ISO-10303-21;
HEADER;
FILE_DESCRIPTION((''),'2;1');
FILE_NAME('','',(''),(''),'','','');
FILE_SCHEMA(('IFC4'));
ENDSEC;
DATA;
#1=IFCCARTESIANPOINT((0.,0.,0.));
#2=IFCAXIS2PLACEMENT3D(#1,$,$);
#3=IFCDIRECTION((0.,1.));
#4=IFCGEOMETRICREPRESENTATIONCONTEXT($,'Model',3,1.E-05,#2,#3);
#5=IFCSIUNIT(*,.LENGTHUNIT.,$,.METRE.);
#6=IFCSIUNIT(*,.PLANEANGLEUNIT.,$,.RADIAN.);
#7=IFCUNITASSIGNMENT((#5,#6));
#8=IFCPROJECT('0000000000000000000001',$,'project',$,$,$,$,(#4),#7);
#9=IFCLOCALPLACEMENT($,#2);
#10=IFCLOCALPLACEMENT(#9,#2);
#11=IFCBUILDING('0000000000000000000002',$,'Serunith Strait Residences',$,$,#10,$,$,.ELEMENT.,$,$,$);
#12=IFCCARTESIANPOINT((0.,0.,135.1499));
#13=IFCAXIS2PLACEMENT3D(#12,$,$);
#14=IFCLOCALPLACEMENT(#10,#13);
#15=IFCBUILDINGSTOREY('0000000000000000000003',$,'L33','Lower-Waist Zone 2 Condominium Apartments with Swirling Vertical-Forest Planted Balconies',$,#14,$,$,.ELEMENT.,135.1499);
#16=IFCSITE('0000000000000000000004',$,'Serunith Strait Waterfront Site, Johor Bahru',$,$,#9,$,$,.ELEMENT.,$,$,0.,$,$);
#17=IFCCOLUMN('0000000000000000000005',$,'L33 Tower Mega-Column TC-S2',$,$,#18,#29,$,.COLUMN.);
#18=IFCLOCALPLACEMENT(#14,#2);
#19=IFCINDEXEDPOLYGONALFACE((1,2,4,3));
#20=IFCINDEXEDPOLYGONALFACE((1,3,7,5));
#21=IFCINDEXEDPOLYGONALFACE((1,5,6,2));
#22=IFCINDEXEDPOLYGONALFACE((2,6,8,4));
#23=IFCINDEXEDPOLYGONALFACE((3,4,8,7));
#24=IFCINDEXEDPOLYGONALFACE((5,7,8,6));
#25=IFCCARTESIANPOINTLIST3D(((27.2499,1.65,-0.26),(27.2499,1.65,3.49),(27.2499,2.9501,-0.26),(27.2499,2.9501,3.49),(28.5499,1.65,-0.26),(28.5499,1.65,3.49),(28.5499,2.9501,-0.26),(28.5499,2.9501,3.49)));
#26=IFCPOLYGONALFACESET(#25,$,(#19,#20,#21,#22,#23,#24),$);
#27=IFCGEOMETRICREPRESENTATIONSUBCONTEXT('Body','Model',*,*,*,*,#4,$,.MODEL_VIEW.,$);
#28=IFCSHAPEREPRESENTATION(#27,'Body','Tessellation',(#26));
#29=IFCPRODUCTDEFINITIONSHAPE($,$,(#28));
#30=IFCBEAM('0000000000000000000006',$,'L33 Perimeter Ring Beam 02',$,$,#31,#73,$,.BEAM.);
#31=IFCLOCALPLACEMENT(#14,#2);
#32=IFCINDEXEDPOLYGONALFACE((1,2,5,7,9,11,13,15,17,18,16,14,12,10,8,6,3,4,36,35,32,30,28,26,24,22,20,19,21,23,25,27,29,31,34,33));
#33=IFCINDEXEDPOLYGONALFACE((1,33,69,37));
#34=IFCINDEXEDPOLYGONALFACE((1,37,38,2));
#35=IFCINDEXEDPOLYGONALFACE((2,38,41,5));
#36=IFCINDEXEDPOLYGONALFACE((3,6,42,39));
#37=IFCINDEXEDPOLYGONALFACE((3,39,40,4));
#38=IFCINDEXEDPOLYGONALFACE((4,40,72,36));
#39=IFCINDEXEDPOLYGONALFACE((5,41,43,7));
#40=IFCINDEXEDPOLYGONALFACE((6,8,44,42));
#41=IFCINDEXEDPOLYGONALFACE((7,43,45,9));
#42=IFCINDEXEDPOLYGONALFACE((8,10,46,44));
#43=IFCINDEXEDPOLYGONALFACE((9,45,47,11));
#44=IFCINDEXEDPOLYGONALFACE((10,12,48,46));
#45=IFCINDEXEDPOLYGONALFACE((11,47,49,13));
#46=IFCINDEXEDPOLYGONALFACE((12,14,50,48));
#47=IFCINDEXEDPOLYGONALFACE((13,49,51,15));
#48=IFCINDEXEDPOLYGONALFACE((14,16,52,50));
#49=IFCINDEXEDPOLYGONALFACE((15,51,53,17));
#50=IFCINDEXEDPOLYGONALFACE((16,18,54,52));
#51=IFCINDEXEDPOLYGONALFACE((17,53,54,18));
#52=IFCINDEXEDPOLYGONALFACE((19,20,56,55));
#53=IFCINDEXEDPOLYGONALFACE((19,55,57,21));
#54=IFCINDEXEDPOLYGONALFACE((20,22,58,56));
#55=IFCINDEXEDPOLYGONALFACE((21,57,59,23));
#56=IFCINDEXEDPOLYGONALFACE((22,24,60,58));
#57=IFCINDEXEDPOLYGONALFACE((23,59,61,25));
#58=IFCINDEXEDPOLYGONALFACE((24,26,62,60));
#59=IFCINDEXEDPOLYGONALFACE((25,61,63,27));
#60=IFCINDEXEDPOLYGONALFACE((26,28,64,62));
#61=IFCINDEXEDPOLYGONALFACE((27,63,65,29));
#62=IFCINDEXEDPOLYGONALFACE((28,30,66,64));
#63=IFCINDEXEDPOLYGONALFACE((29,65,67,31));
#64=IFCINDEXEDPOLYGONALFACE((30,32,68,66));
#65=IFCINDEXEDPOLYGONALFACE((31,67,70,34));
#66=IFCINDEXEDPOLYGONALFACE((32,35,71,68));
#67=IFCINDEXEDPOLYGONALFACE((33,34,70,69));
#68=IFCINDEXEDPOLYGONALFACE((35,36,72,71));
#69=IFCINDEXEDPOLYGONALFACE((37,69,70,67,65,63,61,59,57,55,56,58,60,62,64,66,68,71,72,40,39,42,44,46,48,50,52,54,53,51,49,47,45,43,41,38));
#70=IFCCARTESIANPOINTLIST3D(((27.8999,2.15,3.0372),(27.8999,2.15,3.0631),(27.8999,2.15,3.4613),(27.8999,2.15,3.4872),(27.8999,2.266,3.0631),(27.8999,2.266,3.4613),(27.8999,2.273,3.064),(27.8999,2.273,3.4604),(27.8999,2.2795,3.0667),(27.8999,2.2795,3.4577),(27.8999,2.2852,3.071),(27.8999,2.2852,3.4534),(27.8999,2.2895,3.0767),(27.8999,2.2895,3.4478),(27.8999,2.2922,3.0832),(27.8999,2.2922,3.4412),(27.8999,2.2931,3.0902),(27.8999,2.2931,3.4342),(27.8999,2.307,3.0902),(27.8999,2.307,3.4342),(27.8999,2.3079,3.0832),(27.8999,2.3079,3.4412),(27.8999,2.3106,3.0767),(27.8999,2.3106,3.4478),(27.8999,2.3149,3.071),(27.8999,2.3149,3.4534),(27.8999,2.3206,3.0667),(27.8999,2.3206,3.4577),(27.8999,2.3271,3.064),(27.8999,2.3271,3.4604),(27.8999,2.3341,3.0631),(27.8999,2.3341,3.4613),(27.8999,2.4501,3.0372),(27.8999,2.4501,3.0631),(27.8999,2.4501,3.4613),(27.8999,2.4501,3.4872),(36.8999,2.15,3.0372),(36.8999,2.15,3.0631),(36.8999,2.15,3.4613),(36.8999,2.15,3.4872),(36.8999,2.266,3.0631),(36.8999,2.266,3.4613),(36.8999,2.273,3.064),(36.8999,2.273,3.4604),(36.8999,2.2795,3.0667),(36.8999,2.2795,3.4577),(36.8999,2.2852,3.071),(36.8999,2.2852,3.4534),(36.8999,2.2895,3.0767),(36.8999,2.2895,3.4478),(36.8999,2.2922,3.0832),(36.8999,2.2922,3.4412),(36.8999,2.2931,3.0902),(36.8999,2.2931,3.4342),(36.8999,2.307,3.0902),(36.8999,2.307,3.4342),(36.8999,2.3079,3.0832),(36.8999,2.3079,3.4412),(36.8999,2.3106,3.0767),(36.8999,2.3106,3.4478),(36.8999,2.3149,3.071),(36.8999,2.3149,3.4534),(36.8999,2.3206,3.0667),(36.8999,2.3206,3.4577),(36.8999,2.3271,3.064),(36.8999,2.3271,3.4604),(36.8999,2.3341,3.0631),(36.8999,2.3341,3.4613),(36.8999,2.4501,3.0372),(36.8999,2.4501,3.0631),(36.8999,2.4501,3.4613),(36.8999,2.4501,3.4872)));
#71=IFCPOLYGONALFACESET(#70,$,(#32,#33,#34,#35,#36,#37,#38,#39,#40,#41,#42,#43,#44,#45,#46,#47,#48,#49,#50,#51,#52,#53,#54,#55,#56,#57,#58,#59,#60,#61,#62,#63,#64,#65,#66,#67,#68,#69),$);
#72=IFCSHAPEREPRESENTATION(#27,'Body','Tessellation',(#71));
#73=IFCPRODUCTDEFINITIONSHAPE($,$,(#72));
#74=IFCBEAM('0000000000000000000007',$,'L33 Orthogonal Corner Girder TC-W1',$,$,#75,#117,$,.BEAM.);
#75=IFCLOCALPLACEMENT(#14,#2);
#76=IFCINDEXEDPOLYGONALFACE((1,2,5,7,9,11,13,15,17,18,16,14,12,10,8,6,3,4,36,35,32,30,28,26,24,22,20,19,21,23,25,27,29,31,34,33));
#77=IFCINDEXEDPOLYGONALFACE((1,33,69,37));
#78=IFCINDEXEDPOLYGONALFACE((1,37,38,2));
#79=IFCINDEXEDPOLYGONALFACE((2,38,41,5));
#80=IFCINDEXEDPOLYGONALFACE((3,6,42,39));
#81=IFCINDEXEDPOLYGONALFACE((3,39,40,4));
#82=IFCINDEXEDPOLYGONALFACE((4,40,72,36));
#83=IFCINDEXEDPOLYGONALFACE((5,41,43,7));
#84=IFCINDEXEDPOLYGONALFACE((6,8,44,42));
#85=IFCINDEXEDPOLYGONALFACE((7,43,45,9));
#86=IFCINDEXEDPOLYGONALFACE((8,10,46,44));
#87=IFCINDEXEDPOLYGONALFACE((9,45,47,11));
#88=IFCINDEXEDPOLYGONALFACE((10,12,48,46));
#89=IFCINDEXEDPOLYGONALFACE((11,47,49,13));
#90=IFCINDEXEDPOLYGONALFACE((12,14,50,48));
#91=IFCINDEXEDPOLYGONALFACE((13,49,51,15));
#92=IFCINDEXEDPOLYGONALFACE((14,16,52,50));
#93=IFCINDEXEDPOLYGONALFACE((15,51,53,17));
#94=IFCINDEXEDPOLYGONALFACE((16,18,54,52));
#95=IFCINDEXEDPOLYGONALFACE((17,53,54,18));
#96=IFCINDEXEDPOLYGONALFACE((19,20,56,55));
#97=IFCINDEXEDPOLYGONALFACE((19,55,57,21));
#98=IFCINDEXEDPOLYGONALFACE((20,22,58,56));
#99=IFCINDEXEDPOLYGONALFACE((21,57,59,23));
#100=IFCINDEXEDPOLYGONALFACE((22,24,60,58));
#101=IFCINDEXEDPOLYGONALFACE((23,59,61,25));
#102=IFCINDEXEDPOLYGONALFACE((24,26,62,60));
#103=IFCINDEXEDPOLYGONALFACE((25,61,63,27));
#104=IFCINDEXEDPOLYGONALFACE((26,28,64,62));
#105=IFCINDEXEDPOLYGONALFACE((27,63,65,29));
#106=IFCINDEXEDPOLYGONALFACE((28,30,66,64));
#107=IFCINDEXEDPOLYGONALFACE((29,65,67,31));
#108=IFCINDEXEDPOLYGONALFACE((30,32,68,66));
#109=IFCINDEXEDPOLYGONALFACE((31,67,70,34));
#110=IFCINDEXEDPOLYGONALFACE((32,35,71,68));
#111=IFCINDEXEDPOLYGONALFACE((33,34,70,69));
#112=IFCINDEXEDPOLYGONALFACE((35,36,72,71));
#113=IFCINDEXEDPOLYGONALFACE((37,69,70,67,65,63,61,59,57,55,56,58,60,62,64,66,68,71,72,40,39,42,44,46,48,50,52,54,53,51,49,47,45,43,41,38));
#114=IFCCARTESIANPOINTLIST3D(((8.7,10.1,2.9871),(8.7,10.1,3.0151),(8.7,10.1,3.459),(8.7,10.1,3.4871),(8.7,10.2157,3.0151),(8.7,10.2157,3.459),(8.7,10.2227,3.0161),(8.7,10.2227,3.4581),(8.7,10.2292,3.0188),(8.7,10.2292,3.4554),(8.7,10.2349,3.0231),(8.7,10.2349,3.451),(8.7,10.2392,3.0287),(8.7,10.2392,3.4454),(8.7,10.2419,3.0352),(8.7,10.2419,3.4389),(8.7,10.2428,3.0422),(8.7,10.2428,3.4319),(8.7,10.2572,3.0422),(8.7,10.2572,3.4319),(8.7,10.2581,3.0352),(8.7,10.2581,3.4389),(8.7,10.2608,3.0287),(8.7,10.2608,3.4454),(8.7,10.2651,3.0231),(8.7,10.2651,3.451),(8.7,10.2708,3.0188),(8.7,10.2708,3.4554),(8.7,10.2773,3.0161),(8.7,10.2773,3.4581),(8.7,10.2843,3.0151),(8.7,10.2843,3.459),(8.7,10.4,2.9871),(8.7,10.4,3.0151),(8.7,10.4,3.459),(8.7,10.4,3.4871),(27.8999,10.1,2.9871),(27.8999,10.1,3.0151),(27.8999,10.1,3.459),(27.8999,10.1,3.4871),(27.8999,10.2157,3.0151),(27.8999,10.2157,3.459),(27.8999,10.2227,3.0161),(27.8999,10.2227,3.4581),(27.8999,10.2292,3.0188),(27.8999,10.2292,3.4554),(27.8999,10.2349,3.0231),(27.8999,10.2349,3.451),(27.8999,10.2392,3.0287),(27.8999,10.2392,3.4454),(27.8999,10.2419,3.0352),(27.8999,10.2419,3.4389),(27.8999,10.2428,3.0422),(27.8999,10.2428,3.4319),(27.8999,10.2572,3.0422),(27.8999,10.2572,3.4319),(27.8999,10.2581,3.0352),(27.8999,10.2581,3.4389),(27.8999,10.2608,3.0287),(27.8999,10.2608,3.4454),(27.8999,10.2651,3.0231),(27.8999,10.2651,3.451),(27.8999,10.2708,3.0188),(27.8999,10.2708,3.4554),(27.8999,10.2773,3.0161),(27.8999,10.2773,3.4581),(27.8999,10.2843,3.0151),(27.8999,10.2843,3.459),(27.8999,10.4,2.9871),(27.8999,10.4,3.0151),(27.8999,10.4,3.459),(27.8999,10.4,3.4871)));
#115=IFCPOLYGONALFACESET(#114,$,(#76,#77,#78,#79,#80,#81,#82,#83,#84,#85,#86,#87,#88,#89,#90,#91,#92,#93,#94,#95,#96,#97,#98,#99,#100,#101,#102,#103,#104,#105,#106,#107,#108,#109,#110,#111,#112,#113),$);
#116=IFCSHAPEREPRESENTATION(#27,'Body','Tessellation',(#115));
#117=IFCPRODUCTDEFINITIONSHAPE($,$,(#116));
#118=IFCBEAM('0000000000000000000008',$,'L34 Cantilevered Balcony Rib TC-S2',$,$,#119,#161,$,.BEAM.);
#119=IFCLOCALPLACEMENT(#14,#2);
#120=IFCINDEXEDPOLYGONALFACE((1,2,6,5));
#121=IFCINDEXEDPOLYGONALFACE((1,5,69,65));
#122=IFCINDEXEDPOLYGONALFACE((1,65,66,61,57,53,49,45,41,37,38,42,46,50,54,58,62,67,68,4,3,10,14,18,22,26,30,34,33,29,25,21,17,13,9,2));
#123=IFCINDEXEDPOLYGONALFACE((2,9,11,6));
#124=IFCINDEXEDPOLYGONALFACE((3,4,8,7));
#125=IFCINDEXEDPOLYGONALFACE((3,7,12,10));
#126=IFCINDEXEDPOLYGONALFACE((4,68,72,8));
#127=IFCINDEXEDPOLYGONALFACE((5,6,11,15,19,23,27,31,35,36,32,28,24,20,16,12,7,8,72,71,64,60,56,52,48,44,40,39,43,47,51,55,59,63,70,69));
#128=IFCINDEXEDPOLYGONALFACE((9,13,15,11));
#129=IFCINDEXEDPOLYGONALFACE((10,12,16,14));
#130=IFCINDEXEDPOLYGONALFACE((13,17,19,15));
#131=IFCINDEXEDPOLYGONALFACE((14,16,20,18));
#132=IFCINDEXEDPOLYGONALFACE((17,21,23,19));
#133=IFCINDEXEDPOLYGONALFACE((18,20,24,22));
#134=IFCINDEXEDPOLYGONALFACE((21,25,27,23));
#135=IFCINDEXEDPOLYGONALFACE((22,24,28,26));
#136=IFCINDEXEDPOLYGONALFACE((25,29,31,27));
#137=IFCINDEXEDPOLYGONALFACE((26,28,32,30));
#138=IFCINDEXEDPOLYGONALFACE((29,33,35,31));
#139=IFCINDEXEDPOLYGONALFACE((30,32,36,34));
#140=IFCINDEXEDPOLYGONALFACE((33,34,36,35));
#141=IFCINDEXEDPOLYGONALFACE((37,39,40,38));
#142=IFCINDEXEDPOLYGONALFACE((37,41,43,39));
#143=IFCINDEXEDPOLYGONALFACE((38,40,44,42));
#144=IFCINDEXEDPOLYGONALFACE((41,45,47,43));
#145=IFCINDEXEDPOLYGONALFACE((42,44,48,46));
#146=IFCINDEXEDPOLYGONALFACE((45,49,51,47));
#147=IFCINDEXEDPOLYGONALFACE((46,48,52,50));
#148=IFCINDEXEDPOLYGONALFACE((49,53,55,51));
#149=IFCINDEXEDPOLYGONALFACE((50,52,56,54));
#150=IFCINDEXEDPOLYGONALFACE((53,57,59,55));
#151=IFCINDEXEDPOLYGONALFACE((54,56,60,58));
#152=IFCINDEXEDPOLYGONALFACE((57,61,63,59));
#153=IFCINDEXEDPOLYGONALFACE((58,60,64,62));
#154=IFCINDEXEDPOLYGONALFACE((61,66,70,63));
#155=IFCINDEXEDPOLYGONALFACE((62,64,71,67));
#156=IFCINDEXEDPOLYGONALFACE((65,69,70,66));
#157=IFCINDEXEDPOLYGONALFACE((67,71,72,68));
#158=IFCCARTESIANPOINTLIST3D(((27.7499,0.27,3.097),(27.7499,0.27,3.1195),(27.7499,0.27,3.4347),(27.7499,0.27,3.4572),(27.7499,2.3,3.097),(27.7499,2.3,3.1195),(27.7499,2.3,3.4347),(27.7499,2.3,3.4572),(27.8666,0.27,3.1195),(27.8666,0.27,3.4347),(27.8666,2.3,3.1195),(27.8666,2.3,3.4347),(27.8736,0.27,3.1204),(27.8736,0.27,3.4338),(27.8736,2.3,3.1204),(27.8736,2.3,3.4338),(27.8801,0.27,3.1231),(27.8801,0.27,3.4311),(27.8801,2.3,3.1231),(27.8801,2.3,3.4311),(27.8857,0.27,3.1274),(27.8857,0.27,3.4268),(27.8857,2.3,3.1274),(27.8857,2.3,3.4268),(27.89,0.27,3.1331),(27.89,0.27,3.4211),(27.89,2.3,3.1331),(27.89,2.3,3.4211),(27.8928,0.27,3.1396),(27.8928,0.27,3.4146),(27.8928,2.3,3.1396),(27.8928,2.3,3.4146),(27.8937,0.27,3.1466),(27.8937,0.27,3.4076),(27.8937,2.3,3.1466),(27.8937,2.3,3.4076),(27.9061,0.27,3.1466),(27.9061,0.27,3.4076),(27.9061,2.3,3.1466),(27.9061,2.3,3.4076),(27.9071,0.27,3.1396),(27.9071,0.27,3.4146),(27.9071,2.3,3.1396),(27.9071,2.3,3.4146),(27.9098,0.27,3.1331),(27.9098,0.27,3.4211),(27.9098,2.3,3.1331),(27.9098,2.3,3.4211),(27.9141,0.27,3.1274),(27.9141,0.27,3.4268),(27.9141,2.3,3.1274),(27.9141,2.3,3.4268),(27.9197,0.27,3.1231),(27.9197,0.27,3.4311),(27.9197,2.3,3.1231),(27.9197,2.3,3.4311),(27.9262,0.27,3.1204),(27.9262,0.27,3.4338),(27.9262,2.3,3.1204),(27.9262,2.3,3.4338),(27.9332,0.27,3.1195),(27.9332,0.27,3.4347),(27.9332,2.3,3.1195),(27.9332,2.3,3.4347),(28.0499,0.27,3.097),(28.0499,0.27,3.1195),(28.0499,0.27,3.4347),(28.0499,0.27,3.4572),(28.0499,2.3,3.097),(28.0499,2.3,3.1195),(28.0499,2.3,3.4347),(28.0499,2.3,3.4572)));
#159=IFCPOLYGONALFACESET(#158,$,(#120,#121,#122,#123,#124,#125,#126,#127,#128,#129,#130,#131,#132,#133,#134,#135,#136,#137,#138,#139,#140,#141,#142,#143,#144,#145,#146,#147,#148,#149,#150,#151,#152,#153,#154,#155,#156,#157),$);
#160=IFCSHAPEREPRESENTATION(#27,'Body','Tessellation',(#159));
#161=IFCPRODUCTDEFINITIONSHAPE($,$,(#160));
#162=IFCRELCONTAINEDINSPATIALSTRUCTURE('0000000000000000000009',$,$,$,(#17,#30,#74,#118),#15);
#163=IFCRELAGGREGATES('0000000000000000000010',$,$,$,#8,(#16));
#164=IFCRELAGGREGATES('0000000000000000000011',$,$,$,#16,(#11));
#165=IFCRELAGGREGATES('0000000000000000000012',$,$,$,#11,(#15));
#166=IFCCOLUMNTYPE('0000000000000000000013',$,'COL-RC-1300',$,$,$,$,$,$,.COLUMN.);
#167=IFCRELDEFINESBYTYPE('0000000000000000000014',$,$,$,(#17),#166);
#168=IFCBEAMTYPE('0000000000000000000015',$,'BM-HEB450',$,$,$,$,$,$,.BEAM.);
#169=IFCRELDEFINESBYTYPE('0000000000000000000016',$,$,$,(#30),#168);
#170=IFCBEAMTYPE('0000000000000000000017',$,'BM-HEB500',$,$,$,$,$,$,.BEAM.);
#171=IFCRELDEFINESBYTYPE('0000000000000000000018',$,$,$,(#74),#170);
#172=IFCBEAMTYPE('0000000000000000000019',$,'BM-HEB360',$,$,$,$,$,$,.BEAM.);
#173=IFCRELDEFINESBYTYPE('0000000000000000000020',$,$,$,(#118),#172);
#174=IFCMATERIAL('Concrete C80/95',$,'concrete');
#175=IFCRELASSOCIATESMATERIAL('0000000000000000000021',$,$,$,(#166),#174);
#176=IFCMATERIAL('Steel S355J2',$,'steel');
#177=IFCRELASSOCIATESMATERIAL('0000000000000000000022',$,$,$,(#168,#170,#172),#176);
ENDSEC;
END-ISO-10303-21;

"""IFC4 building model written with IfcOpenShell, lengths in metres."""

from ifc_helpers import new_model, si_unit, direction, frame, origin, origin_2d, place, context, subcontext, project, spatial, rectangle, i_section, extrude, source, transform, mapped, material, material_profile, profile_set, type_object, element, save


model = new_model("IFC4")

# Units and contexts
model_context = context("Model", 3, precision=1e-05, world=origin(), true_north=direction((0.0, 1.0)))
body_context = subcontext(model_context, "Body", "Model", "MODEL_VIEW")
ifc_project = project(units=[si_unit("LENGTHUNIT", "METRE"), si_unit("PLANEANGLEUNIT", "RADIAN")], contexts=[model_context])

# Site, building, storey
site_placement = place(None, origin())
site = spatial("IfcSite", under=ifc_project, at=site_placement, Name="Serunith Strait Waterfront Site, Johor Bahru", CompositionType="ELEMENT", RefElevation=0.0)
building_placement = place(site_placement, origin())
building = spatial("IfcBuilding", under=site, at=building_placement, Name="Serunith Strait Residences", CompositionType="ELEMENT")
storey_placement = place(building_placement, frame((0.0, 0.0, 135.1499)))
storey = spatial("IfcBuildingStorey", under=building, at=storey_placement, Name="L33", Description="Lower-Waist Zone 2 Condominium Apartments with Swirling Vertical-Forest Planted Balconies", CompositionType="ELEMENT", Elevation=135.1499)

# Column
ifc_material_1 = material(Name="Concrete C80/95", Category="concrete")
ifc_material_profile_1 = material_profile(ifc_material_1, rectangle(XDim=1.3, YDim=1.3, at=origin_2d()), Name="RC 1300x1300")
ifc_profile_set_1 = profile_set([ifc_material_profile_1], Name="Concrete C80/95")
column_type = type_object("IfcColumnType", Name="COL-RC-1300", PredefinedType="COLUMN", material=ifc_profile_set_1)
shared_shape_1 = source(origin(), body_context, "Body", "SweptSolid", [
    extrude(rectangle(XDim=1.3, YDim=1.3, at=origin_2d()), origin(), (0.0, 0.0, 1.0), 3.75),
])
column_placement = place(storey_placement, frame((27.8999, 2.3, -0.26), z_axis=(0.0, 0.0, 1.0), x_axis=(1.0, 0.0, 0.0)))
element("IfcColumn", 1, at=column_placement, inside=storey, type_object=column_type, Name="L33 Tower Mega-Column TC-S2", PredefinedType="COLUMN", context=body_context, shape_type="MappedRepresentation", body=[
    mapped(shared_shape_1, transform((0.0, 0.0, 0.0), scale=1.0)),
])

# Beams
ifc_material_2 = material(Name="Steel S355J2", Category="steel")
ifc_material_profile_2 = material_profile(ifc_material_2, i_section(OverallWidth=0.3, OverallDepth=0.45, WebThickness=0.0139, FlangeThickness=0.0259, FilletRadius=0.0271, at=origin_2d()), Name="HEB 450")
ifc_profile_set_2 = profile_set([ifc_material_profile_2], Name="Steel S355J2")
beam_type_1 = type_object("IfcBeamType", Name="BM-HEB450", PredefinedType="BEAM", material=ifc_profile_set_2)
shared_shape_2 = source(origin(), body_context, "Body", "SweptSolid", [
    extrude(i_section(OverallWidth=0.3, OverallDepth=0.45, WebThickness=0.0139, FlangeThickness=0.0259, FilletRadius=0.0271, at=origin_2d()), origin(), (0.0, 0.0, 1.0), 9.0),
])
beam_1_placement = place(storey_placement, frame((27.8999, 2.3, 3.2622), z_axis=(1.0, 0.0, 0.0), x_axis=(0.0, 1.0, 0.0)))
element("IfcBeam", 2, at=beam_1_placement, inside=storey, type_object=beam_type_1, Name="L33 Perimeter Ring Beam 02", PredefinedType="BEAM", context=body_context, shape_type="MappedRepresentation", body=[
    mapped(shared_shape_2, transform((0.0, 0.0, 0.0), scale=1.0)),
])
ifc_material_profile_3 = material_profile(ifc_material_2, i_section(OverallWidth=0.3, OverallDepth=0.5, WebThickness=0.0144, FlangeThickness=0.0281, FilletRadius=0.0271, at=origin_2d()), Name="HEB 500")
ifc_profile_set_3 = profile_set([ifc_material_profile_3], Name="Steel S355J2")
beam_type_2 = type_object("IfcBeamType", Name="BM-HEB500", PredefinedType="BEAM", material=ifc_profile_set_3)
shared_shape_3 = source(origin(), body_context, "Body", "SweptSolid", [
    extrude(i_section(OverallWidth=0.3, OverallDepth=0.5, WebThickness=0.0144, FlangeThickness=0.0281, FilletRadius=0.0271, at=origin_2d()), origin(), (0.0, 0.0, 1.0), 19.2),
])
beam_2_placement = place(storey_placement, frame((27.8999, 10.25, 3.2371), z_axis=(-1.0, 0.0, 0.0), x_axis=(0.0, -1.0, 0.0)))
element("IfcBeam", 3, at=beam_2_placement, inside=storey, type_object=beam_type_2, Name="L33 Orthogonal Corner Girder TC-W1", PredefinedType="BEAM", context=body_context, shape_type="MappedRepresentation", body=[
    mapped(shared_shape_3, transform((0.0, 0.0, 0.0), scale=1.0)),
])
ifc_material_profile_4 = material_profile(ifc_material_2, i_section(OverallWidth=0.3, OverallDepth=0.3601, WebThickness=0.0125, FlangeThickness=0.0225, FilletRadius=0.0271, at=origin_2d()), Name="HEB 360")
ifc_profile_set_4 = profile_set([ifc_material_profile_4], Name="Steel S355J2")
beam_type_3 = type_object("IfcBeamType", Name="BM-HEB360", PredefinedType="BEAM", material=ifc_profile_set_4)
shared_shape_4 = source(origin(), body_context, "Body", "SweptSolid", [
    extrude(i_section(OverallWidth=0.3, OverallDepth=0.3601, WebThickness=0.0125, FlangeThickness=0.0225, FilletRadius=0.0271, at=origin_2d()), origin(), (0.0, 0.0, 1.0), 2.03),
])
beam_3_placement = place(storey_placement, frame((27.8999, 2.3, 3.2771), z_axis=(0.0, -1.0, 0.0), x_axis=(1.0, 0.0, 0.0)))
element("IfcBeam", 4, at=beam_3_placement, inside=storey, type_object=beam_type_3, Name="L34 Cantilevered Balcony Rib TC-S2", PredefinedType="BEAM", context=body_context, shape_type="MappedRepresentation", body=[
    mapped(shared_shape_4, transform((0.0, 0.0, 0.0), scale=1.0)),
])

save(model, "model.ifc")
